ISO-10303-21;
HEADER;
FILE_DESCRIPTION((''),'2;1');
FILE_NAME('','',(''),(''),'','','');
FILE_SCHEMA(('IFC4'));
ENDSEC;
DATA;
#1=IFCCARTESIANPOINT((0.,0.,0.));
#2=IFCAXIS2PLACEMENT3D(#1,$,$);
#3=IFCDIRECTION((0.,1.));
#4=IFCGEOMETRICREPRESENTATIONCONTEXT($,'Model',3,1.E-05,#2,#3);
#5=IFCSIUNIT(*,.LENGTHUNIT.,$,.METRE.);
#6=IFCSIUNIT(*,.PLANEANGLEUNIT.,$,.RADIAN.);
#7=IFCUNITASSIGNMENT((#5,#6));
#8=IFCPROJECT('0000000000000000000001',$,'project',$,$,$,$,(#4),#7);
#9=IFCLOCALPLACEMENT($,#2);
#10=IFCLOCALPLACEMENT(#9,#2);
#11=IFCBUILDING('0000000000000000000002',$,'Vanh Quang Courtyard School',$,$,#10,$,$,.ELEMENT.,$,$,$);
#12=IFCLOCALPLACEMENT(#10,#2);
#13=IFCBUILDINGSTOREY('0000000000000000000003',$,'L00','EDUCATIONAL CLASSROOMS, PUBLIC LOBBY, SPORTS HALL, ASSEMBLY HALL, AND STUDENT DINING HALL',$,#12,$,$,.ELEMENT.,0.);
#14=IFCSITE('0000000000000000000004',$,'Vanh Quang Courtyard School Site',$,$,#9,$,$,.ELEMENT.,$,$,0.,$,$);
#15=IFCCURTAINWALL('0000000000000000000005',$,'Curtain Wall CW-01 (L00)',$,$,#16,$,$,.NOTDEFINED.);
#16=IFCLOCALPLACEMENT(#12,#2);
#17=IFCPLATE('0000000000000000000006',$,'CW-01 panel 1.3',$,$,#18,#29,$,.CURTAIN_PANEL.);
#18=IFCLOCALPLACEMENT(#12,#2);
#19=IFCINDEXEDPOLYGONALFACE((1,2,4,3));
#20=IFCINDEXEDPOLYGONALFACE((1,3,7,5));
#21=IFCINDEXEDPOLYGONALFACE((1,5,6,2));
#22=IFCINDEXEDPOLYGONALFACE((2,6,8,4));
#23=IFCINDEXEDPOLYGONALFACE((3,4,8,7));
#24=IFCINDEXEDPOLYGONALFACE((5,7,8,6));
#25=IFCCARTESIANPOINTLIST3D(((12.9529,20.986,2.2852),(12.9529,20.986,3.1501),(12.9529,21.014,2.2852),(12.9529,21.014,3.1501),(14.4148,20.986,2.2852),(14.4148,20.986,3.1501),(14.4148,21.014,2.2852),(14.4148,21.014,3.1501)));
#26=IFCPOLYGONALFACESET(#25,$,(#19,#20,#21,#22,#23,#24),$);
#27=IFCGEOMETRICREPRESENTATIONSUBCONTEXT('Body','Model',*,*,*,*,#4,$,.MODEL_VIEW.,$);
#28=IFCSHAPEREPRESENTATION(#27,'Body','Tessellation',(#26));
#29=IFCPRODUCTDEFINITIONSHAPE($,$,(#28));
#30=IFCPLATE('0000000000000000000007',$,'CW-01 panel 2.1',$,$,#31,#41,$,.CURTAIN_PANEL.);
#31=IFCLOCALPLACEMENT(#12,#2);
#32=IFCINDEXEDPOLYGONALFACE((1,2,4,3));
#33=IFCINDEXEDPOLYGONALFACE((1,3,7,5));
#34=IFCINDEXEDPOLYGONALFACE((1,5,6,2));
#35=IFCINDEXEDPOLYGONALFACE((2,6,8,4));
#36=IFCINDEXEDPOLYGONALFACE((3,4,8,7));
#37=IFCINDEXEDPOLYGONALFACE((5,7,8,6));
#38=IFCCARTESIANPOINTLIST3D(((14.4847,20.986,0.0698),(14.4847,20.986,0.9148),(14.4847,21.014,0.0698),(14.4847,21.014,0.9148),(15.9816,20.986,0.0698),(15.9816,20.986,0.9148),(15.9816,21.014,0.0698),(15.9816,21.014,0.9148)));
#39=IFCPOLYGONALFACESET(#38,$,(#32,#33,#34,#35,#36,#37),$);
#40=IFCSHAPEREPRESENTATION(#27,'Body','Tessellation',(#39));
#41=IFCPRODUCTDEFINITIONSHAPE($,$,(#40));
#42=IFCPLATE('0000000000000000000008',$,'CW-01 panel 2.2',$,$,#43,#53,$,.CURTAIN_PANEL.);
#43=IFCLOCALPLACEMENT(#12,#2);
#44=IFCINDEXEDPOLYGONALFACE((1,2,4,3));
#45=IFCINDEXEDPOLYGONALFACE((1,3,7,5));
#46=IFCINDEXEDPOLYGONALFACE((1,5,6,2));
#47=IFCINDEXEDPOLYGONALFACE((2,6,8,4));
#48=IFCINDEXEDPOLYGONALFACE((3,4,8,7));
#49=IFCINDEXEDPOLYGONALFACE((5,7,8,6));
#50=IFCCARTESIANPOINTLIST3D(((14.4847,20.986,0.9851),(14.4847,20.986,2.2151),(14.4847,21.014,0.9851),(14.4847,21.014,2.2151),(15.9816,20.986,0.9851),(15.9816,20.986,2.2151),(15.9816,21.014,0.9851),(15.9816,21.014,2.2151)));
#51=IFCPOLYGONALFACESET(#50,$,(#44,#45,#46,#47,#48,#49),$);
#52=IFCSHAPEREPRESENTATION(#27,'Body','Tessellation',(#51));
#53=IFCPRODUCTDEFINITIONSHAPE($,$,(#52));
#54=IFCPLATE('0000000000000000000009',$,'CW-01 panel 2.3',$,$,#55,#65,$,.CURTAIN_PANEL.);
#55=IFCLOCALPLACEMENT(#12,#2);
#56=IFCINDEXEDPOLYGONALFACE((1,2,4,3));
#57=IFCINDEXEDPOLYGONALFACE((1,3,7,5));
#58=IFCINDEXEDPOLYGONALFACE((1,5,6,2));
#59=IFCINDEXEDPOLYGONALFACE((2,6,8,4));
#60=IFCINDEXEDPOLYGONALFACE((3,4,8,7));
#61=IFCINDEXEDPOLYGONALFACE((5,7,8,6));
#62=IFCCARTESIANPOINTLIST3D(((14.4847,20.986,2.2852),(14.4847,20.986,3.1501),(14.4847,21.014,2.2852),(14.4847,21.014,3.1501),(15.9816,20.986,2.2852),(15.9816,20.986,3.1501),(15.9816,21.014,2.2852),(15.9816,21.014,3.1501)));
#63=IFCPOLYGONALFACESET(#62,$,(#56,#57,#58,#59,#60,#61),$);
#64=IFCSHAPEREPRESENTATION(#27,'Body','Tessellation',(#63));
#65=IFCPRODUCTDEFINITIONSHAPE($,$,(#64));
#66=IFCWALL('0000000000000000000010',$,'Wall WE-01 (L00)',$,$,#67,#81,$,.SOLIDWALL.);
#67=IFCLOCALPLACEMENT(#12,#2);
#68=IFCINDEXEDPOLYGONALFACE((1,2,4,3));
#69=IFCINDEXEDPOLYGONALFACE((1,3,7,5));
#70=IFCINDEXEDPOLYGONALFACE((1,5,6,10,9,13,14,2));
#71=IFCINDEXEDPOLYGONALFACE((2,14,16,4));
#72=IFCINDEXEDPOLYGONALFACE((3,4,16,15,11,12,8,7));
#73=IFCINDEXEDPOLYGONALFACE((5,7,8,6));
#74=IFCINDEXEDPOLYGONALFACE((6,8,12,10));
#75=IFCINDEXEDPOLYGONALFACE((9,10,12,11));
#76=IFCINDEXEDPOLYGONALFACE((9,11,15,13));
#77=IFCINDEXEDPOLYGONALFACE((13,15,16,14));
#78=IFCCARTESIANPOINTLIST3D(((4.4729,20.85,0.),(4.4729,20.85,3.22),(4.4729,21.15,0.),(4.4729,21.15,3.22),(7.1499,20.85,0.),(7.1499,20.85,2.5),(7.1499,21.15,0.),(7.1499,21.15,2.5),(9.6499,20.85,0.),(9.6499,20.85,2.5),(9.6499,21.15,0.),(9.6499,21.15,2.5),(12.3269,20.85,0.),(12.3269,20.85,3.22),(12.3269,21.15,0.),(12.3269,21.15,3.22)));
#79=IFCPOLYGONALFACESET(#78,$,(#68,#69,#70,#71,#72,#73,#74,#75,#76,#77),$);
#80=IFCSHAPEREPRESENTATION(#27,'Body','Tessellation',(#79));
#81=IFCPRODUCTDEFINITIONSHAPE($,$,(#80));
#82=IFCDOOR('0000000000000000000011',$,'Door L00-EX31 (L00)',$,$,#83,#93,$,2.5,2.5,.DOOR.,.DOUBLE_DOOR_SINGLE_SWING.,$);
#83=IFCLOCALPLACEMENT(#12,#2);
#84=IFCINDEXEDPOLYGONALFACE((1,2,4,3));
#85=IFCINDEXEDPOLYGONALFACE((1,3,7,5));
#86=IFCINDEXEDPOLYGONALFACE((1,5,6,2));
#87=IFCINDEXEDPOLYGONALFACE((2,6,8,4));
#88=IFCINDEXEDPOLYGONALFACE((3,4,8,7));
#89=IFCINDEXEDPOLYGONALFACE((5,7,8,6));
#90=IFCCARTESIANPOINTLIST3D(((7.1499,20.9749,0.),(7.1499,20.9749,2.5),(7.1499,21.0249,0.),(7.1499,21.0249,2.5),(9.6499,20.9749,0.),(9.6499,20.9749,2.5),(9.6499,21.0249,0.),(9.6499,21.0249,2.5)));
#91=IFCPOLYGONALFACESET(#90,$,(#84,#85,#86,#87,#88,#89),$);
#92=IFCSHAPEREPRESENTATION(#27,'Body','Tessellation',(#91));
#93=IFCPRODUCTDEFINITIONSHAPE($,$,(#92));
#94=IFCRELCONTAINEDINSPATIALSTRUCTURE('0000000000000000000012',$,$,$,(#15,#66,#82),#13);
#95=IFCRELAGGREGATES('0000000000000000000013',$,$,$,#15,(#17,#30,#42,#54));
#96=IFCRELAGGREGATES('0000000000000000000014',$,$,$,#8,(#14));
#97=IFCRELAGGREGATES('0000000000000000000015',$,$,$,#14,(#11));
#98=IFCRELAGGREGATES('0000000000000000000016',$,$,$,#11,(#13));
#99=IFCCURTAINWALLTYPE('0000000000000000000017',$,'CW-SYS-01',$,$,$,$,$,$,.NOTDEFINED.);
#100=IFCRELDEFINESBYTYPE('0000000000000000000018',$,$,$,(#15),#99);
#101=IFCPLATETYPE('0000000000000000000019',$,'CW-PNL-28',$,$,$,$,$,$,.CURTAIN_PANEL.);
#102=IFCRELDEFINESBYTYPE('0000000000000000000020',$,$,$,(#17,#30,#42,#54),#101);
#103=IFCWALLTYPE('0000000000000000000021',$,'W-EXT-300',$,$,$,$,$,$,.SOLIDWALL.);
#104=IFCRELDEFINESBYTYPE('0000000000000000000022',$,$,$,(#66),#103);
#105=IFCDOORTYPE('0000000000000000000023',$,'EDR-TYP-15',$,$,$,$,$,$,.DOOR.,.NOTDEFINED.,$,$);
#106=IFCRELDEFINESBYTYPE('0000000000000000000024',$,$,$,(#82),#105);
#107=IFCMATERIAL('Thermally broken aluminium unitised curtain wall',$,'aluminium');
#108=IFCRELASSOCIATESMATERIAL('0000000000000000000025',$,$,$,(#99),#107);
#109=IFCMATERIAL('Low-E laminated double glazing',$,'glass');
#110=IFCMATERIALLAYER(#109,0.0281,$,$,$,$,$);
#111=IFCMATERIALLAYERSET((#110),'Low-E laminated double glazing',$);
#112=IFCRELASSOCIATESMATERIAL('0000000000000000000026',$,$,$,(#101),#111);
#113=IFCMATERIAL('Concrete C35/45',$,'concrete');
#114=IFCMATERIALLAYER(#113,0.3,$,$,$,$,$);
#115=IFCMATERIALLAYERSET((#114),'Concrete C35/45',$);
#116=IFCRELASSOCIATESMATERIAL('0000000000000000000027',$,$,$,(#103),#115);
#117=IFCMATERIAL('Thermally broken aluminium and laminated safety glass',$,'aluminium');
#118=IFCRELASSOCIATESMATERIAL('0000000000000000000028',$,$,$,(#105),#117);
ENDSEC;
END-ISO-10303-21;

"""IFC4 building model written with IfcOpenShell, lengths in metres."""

from ifc_helpers import new_model, si_unit, direction, frame, frame_2d, origin, origin_2d, place, context, subcontext, project, spatial, rectangle, extrude, material, layer, layer_set, type_object, element, fill, aggregate, save


model = new_model("IFC4")

# Units and contexts
model_context = context("Model", 3, precision=1e-05, world=origin(), true_north=direction((0.0, 1.0)))
body_context = subcontext(model_context, "Body", "Model", "MODEL_VIEW")
ifc_project = project(units=[si_unit("LENGTHUNIT", "METRE"), si_unit("PLANEANGLEUNIT", "RADIAN")], contexts=[model_context])

# Site, building, storey
site_placement = place(None, origin())
site = spatial("IfcSite", under=ifc_project, at=site_placement, Name="Vanh Quang Courtyard School Site", CompositionType="ELEMENT", RefElevation=0.0)
building_placement = place(site_placement, origin())
building = spatial("IfcBuilding", under=site, at=building_placement, Name="Vanh Quang Courtyard School", CompositionType="ELEMENT")
storey_placement = place(building_placement, origin())
storey = spatial("IfcBuildingStorey", under=building, at=storey_placement, Name="L00", Description="EDUCATIONAL CLASSROOMS, PUBLIC LOBBY, SPORTS HALL, ASSEMBLY HALL, AND STUDENT DINING HALL", CompositionType="ELEMENT", Elevation=0.0)

# Shared definitions
ifc_material_1 = material(Name="Concrete C35/45", Category="concrete")

# Curtain wall, plates
ifc_material_2 = material(Name="Thermally broken aluminium unitised curtain wall", Category="aluminium")
curtain_wall_type = type_object("IfcCurtainWallType", Name="CW-SYS-01", PredefinedType="NOTDEFINED", material=ifc_material_2)
curtain_wall_placement = place(storey_placement, origin())
curtain_wall = element("IfcCurtainWall", 1, at=curtain_wall_placement, inside=storey, type_object=curtain_wall_type, Name="Curtain Wall CW-01 (L00)", PredefinedType="NOTDEFINED")
ifc_material_3 = material(Name="Low-E laminated double glazing", Category="glass")
ifc_layer_1 = layer(ifc_material_3, 0.0281)
ifc_layer_set_1 = layer_set([ifc_layer_1], Name="Low-E laminated double glazing")
plate_type = type_object("IfcPlateType", Name="CW-PNL-28", PredefinedType="CURTAIN_PANEL", material=ifc_layer_set_1)
plate_1_placement = place(storey_placement, frame((13.6838, 21.0, 2.2852), z_axis=(0.0, 0.0, 1.0), x_axis=(1.0, 0.0, 0.0)))
plate_1 = element("IfcPlate", 2, at=plate_1_placement, type_object=plate_type, Name="CW-01 panel 1.3", PredefinedType="CURTAIN_PANEL", context=body_context, shape_type="SweptSolid", body=[
    extrude(rectangle(XDim=1.4619, YDim=0.0281, at=origin_2d()), origin(), (0.0, 0.0, 1.0), 0.865),
])
plate_2_placement = place(storey_placement, frame((15.2332, 21.0, 0.0698), z_axis=(0.0, 0.0, 1.0), x_axis=(1.0, 0.0, 0.0)))
plate_2 = element("IfcPlate", 3, at=plate_2_placement, type_object=plate_type, Name="CW-01 panel 2.1", PredefinedType="CURTAIN_PANEL", context=body_context, shape_type="SweptSolid", body=[
    extrude(rectangle(XDim=1.4968, YDim=0.0281, at=origin_2d()), origin(), (0.0, 0.0, 1.0), 0.845),
])
plate_3_placement = place(storey_placement, frame((15.2332, 21.0, 0.9851), z_axis=(0.0, 0.0, 1.0), x_axis=(1.0, 0.0, 0.0)))
plate_3 = element("IfcPlate", 4, at=plate_3_placement, type_object=plate_type, Name="CW-01 panel 2.2", PredefinedType="CURTAIN_PANEL", context=body_context, shape_type="SweptSolid", body=[
    extrude(rectangle(XDim=1.4968, YDim=0.0281, at=origin_2d()), origin(), (0.0, 0.0, 1.0), 1.23),
])
plate_4_placement = place(storey_placement, frame((15.2332, 21.0, 2.2852), z_axis=(0.0, 0.0, 1.0), x_axis=(1.0, 0.0, 0.0)))
plate_4 = element("IfcPlate", 5, at=plate_4_placement, type_object=plate_type, Name="CW-01 panel 2.3", PredefinedType="CURTAIN_PANEL", context=body_context, shape_type="SweptSolid", body=[
    extrude(rectangle(XDim=1.4968, YDim=0.0281, at=origin_2d()), origin(), (0.0, 0.0, 1.0), 0.865),
])
aggregate(curtain_wall, [plate_1, plate_2, plate_3, plate_4])

# Wall, opening, door
ifc_layer_2 = layer(ifc_material_1, 0.3)
ifc_layer_set_2 = layer_set([ifc_layer_2], Name="Concrete C35/45")
wall_type = type_object("IfcWallType", Name="W-EXT-300", PredefinedType="SOLIDWALL", material=ifc_layer_set_2)
wall_placement = place(storey_placement, frame((4.4729, 21.0, 0.0), z_axis=(0.0, 0.0, 1.0), x_axis=(1.0, 0.0, 0.0)))
wall = element("IfcWall", 6, at=wall_placement, inside=storey, type_object=wall_type, Name="Wall WE-01 (L00)", PredefinedType="SOLIDWALL", context=body_context, shape_type="SweptSolid", body=[
    extrude(rectangle(XDim=7.854, YDim=0.3, at=frame_2d((3.927, 0.0))), origin(), (0.0, 0.0, 1.0), 3.22),
])
opening_placement = place(wall_placement, frame((2.677, 0.0, 0.0)))
opening = element("IfcOpeningElement", 7, at=opening_placement, cuts=wall, PredefinedType="OPENING", context=body_context, shape_type="SweptSolid", body=[
    extrude(rectangle(XDim=2.5, YDim=2.5, at=frame_2d((1.25, 1.25))), frame((0.0, 0.1602, 0.0), z_axis=(0.0, -1.0, 0.0), x_axis=(1.0, 0.0, 0.0)), (0.0, 0.0, 1.0), 0.3201),
])
ifc_material_4 = material(Name="Thermally broken aluminium and laminated safety glass", Category="aluminium")
door_type = type_object("IfcDoorType", Name="EDR-TYP-15", OperationType="NOTDEFINED", PredefinedType="DOOR", material=ifc_material_4)
door_placement = place(opening_placement, origin())
door = element("IfcDoor", 8, at=door_placement, inside=storey, type_object=door_type, Name="Door L00-EX31 (L00)", OperationType="DOUBLE_DOOR_SINGLE_SWING", OverallHeight=2.5, OverallWidth=2.5, PredefinedType="DOOR", context=body_context, shape_type="SweptSolid", body=[
    extrude(rectangle(XDim=2.5, YDim=2.5, at=frame_2d((1.25, 1.25))), frame((0.0, 0.0249, 0.0), z_axis=(0.0, -1.0, 0.0), x_axis=(1.0, 0.0, 0.0)), (0.0, 0.0, 1.0), 0.05),
])
fill(opening, door)

save(model, "model.ifc")
